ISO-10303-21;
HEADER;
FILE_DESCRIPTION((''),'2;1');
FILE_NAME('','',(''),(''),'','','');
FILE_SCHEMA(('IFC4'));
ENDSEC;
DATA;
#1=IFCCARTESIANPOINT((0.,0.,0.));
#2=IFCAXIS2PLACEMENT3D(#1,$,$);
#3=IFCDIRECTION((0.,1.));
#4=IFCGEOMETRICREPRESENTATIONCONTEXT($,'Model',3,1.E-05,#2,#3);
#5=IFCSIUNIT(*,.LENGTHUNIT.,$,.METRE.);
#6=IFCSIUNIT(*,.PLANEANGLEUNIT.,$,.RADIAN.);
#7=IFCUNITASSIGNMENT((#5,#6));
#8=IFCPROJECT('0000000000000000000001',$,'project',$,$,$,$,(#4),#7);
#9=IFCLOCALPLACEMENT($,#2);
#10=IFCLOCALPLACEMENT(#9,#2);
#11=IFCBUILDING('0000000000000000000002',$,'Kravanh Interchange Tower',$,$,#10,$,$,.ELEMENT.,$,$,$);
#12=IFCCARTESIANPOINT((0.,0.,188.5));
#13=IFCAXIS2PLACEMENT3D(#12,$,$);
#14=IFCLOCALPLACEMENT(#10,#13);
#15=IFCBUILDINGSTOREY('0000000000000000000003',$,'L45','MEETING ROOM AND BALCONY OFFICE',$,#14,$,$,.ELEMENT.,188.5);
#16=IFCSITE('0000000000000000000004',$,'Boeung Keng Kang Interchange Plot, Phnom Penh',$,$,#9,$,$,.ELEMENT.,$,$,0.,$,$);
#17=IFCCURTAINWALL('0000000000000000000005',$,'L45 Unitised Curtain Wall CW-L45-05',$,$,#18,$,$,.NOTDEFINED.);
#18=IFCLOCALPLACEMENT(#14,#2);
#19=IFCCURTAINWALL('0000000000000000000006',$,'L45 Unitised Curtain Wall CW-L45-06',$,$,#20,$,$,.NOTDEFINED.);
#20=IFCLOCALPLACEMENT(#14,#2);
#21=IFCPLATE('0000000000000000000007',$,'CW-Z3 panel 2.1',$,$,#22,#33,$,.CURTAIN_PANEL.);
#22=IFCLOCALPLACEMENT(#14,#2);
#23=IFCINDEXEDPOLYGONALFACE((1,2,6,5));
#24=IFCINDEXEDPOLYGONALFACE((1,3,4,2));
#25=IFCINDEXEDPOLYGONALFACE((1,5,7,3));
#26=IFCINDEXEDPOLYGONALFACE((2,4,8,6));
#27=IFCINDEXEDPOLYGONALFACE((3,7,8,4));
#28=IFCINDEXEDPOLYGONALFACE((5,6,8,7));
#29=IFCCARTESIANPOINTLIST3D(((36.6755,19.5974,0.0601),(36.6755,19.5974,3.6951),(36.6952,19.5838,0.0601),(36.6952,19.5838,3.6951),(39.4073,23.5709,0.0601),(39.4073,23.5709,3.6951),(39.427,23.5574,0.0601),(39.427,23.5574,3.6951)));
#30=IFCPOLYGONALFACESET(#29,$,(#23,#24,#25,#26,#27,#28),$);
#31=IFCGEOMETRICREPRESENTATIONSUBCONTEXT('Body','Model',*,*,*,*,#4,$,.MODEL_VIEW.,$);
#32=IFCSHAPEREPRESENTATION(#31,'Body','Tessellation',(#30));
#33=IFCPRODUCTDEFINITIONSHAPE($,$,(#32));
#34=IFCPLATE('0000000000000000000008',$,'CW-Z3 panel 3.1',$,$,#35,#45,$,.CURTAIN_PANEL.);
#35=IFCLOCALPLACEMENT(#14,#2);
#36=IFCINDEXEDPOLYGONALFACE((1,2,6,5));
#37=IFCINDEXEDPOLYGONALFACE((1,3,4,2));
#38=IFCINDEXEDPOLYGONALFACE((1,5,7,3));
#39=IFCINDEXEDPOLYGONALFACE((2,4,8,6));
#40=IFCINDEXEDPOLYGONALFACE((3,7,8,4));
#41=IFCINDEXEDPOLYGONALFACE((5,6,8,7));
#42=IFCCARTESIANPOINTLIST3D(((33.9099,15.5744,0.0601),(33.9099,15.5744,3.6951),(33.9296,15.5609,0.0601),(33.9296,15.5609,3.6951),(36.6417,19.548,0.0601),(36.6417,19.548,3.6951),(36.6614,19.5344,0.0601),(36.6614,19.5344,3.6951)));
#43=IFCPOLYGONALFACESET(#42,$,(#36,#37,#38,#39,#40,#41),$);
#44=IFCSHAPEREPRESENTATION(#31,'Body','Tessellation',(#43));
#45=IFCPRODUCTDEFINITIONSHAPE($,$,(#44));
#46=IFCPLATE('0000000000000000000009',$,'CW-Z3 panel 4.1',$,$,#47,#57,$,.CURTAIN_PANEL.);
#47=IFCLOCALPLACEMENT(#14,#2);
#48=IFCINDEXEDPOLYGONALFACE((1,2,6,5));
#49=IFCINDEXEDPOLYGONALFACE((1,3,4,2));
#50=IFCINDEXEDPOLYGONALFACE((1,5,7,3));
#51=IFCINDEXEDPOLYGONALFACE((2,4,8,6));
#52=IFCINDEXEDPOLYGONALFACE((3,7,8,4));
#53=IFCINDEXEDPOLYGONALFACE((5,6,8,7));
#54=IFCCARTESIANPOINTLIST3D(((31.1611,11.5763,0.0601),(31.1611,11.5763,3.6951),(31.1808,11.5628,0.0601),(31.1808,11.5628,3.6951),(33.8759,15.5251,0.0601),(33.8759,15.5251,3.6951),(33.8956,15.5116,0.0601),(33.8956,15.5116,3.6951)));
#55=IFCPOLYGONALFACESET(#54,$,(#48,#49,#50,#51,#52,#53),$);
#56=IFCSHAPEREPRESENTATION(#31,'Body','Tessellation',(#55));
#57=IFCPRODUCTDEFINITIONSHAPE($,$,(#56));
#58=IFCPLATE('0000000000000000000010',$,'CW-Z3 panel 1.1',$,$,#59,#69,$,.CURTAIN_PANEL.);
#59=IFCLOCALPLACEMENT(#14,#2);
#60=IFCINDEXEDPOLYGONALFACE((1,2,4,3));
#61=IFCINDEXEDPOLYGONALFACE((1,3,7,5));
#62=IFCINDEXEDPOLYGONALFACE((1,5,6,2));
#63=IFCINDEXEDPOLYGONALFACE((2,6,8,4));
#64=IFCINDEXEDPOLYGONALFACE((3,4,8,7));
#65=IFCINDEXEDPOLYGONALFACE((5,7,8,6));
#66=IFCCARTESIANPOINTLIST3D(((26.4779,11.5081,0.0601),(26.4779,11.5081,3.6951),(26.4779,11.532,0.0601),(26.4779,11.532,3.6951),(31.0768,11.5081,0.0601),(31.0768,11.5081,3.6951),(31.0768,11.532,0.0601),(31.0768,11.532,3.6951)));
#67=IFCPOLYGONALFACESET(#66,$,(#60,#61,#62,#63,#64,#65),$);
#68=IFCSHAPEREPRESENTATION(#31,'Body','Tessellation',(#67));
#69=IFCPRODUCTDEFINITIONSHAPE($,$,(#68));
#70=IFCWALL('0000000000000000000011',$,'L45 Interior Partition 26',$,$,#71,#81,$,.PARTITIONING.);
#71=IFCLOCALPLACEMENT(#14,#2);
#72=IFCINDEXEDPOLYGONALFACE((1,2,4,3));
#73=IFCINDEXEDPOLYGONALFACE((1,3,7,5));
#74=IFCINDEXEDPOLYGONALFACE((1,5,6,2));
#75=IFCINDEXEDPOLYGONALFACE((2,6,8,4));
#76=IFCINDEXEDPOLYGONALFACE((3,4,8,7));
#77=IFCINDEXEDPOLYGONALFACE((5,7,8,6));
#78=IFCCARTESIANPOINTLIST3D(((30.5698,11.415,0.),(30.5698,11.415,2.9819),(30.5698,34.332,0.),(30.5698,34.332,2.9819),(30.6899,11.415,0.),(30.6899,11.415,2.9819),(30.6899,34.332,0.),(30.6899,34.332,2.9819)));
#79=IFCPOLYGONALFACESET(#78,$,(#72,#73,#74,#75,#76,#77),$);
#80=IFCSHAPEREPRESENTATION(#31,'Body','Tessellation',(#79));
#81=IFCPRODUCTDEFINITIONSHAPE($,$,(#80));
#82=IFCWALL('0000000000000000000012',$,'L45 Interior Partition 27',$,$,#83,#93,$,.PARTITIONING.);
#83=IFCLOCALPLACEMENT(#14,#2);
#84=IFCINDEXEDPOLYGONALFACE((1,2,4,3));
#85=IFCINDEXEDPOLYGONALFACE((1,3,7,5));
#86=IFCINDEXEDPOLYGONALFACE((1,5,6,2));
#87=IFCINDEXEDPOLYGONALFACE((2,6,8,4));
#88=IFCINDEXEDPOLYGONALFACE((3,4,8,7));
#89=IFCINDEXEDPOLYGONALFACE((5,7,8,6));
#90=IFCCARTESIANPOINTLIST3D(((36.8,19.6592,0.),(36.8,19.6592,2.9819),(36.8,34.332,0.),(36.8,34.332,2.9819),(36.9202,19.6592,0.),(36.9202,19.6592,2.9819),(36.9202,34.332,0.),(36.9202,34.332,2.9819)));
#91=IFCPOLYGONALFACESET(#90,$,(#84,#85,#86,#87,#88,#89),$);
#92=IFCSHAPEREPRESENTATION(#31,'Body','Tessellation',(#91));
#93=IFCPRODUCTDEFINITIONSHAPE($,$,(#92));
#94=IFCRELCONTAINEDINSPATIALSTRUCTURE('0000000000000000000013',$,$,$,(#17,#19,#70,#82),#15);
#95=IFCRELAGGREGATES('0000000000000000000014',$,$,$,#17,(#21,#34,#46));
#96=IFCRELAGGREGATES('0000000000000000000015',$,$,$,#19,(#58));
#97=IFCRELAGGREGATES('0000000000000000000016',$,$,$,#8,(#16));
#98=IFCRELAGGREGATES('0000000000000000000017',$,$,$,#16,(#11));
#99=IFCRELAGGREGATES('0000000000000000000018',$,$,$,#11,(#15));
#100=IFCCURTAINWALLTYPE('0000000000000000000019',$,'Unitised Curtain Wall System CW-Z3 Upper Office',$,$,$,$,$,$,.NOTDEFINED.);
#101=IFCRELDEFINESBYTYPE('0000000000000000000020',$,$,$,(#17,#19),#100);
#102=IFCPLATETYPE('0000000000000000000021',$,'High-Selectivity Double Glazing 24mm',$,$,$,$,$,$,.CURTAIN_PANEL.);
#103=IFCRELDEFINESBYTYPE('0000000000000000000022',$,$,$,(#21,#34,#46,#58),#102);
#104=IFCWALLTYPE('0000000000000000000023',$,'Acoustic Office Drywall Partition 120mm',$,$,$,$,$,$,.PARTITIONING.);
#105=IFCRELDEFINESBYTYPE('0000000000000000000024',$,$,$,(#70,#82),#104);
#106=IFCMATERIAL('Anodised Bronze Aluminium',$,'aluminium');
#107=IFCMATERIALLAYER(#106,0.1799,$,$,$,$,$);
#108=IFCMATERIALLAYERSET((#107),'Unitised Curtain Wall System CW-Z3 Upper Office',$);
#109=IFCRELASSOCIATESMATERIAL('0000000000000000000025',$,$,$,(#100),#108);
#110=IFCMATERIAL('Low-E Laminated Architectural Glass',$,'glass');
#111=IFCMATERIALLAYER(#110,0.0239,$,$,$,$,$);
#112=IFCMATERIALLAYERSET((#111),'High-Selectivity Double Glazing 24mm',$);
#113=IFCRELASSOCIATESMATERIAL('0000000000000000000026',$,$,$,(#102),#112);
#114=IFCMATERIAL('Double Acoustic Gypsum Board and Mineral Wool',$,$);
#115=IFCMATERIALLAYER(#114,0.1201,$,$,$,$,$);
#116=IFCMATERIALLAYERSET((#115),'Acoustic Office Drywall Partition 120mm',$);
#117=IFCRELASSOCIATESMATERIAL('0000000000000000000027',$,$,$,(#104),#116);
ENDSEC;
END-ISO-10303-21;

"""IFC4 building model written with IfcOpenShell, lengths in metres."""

from ifc_helpers import new_model, si_unit, direction, frame, frame_2d, origin, origin_2d, place, context, subcontext, project, spatial, rectangle, extrude, material, layer, layer_set, type_object, element, aggregate, save


model = new_model("IFC4")

# Units and contexts
model_context = context("Model", 3, precision=1e-05, world=origin(), true_north=direction((0.0, 1.0)))
body_context = subcontext(model_context, "Body", "Model", "MODEL_VIEW")
ifc_project = project(units=[si_unit("LENGTHUNIT", "METRE"), si_unit("PLANEANGLEUNIT", "RADIAN")], contexts=[model_context])

# Site, building, storey
site_placement = place(None, origin())
site = spatial("IfcSite", under=ifc_project, at=site_placement, Name="Boeung Keng Kang Interchange Plot, Phnom Penh", CompositionType="ELEMENT", RefElevation=0.0)
building_placement = place(site_placement, origin())
building = spatial("IfcBuilding", under=site, at=building_placement, Name="Kravanh Interchange Tower", CompositionType="ELEMENT")
storey_placement = place(building_placement, frame((0.0, 0.0, 188.5)))
storey = spatial("IfcBuildingStorey", under=building, at=storey_placement, Name="L45", Description="MEETING ROOM AND BALCONY OFFICE", CompositionType="ELEMENT", Elevation=188.5)

# Curtain wall
ifc_material_1 = material(Name="Anodised Bronze Aluminium", Category="aluminium")
ifc_layer_1 = layer(ifc_material_1, 0.1799)
ifc_layer_set_1 = layer_set([ifc_layer_1], Name="Unitised Curtain Wall System CW-Z3 Upper Office")
curtain_wall_type = type_object("IfcCurtainWallType", Name="Unitised Curtain Wall System CW-Z3 Upper Office", PredefinedType="NOTDEFINED", material=ifc_layer_set_1)
curtain_wall_1_placement = place(storey_placement, origin())
curtain_wall_1 = element("IfcCurtainWall", 1, at=curtain_wall_1_placement, inside=storey, type_object=curtain_wall_type, Name="L45 Unitised Curtain Wall CW-L45-05", PredefinedType="NOTDEFINED")

# Curtain wall
curtain_wall_2_placement = place(storey_placement, origin())
curtain_wall_2 = element("IfcCurtainWall", 2, at=curtain_wall_2_placement, inside=storey, type_object=curtain_wall_type, Name="L45 Unitised Curtain Wall CW-L45-06", PredefinedType="NOTDEFINED")

# Plates
ifc_material_2 = material(Name="Low-E Laminated Architectural Glass", Category="glass")
ifc_layer_2 = layer(ifc_material_2, 0.0239)
ifc_layer_set_2 = layer_set([ifc_layer_2], Name="High-Selectivity Double Glazing 24mm")
plate_type = type_object("IfcPlateType", Name="High-Selectivity Double Glazing 24mm", PredefinedType="CURTAIN_PANEL", material=ifc_layer_set_2)
plate_1_placement = place(storey_placement, frame((38.0513, 21.5774, 0.0601), z_axis=(0.0, 0.0, 1.0), x_axis=(-0.566528, -0.824042, 0.0)))
plate_1 = element("IfcPlate", 3, at=plate_1_placement, type_object=plate_type, Name="CW-Z3 panel 2.1", PredefinedType="CURTAIN_PANEL", context=body_context, shape_type="SweptSolid", body=[
    extrude(rectangle(XDim=4.822, YDim=0.0239, at=origin_2d()), origin(), (0.0, 0.0, 1.0), 3.635),
])
plate_2_placement = place(storey_placement, frame((35.2856, 17.5544, 0.0601), z_axis=(0.0, 0.0, 1.0), x_axis=(-0.566528, -0.824042, 0.0)))
plate_2 = element("IfcPlate", 4, at=plate_2_placement, type_object=plate_type, Name="CW-Z3 panel 3.1", PredefinedType="CURTAIN_PANEL", context=body_context, shape_type="SweptSolid", body=[
    extrude(rectangle(XDim=4.822, YDim=0.0239, at=origin_2d()), origin(), (0.0, 0.0, 1.0), 3.635),
])
plate_3_placement = place(storey_placement, frame((32.5283, 13.5439, 0.0601), z_axis=(0.0, 0.0, 1.0), x_axis=(-0.566528, -0.824042, 0.0)))
plate_3 = element("IfcPlate", 5, at=plate_3_placement, type_object=plate_type, Name="CW-Z3 panel 4.1", PredefinedType="CURTAIN_PANEL", context=body_context, shape_type="SweptSolid", body=[
    extrude(rectangle(XDim=4.792, YDim=0.0239, at=origin_2d()), origin(), (0.0, 0.0, 1.0), 3.635),
])
aggregate(curtain_wall_1, [plate_1, plate_2, plate_3])
plate_4_placement = place(storey_placement, frame((28.7773, 11.52, 0.0601), z_axis=(0.0, 0.0, 1.0), x_axis=(-1.0, 0.0, 0.0)))
plate_4 = element("IfcPlate", 6, at=plate_4_placement, type_object=plate_type, Name="CW-Z3 panel 1.1", PredefinedType="CURTAIN_PANEL", context=body_context, shape_type="SweptSolid", body=[
    extrude(rectangle(XDim=4.5989, YDim=0.0239, at=origin_2d()), origin(), (0.0, 0.0, 1.0), 3.635),
])
aggregate(curtain_wall_2, [plate_4])

# Walls
ifc_material_3 = material(Name="Double Acoustic Gypsum Board and Mineral Wool")
ifc_layer_3 = layer(ifc_material_3, 0.1201)
ifc_layer_set_3 = layer_set([ifc_layer_3], Name="Acoustic Office Drywall Partition 120mm")
wall_type = type_object("IfcWallType", Name="Acoustic Office Drywall Partition 120mm", PredefinedType="PARTITIONING", material=ifc_layer_set_3)
wall_1_placement = place(storey_placement, frame((30.6299, 11.415, 0.0), z_axis=(0.0, 0.0, 1.0), x_axis=(0.0, 1.0, 0.0)))
element("IfcWall", 7, at=wall_1_placement, inside=storey, type_object=wall_type, Name="L45 Interior Partition 26", PredefinedType="PARTITIONING", context=body_context, shape_type="SweptSolid", body=[
    extrude(rectangle(XDim=22.917, YDim=0.1201, at=frame_2d((11.4585, 0.0))), origin(), (0.0, 0.0, 1.0), 2.9819),
])
wall_2_placement = place(storey_placement, frame((36.8601, 19.6592, 0.0), z_axis=(0.0, 0.0, 1.0), x_axis=(0.0, 1.0, 0.0)))
element("IfcWall", 8, at=wall_2_placement, inside=storey, type_object=wall_type, Name="L45 Interior Partition 27", PredefinedType="PARTITIONING", context=body_context, shape_type="SweptSolid", body=[
    extrude(rectangle(XDim=14.6729, YDim=0.1201, at=frame_2d((7.3364, 0.0))), origin(), (0.0, 0.0, 1.0), 2.9819),
])

save(model, "model.ifc")
